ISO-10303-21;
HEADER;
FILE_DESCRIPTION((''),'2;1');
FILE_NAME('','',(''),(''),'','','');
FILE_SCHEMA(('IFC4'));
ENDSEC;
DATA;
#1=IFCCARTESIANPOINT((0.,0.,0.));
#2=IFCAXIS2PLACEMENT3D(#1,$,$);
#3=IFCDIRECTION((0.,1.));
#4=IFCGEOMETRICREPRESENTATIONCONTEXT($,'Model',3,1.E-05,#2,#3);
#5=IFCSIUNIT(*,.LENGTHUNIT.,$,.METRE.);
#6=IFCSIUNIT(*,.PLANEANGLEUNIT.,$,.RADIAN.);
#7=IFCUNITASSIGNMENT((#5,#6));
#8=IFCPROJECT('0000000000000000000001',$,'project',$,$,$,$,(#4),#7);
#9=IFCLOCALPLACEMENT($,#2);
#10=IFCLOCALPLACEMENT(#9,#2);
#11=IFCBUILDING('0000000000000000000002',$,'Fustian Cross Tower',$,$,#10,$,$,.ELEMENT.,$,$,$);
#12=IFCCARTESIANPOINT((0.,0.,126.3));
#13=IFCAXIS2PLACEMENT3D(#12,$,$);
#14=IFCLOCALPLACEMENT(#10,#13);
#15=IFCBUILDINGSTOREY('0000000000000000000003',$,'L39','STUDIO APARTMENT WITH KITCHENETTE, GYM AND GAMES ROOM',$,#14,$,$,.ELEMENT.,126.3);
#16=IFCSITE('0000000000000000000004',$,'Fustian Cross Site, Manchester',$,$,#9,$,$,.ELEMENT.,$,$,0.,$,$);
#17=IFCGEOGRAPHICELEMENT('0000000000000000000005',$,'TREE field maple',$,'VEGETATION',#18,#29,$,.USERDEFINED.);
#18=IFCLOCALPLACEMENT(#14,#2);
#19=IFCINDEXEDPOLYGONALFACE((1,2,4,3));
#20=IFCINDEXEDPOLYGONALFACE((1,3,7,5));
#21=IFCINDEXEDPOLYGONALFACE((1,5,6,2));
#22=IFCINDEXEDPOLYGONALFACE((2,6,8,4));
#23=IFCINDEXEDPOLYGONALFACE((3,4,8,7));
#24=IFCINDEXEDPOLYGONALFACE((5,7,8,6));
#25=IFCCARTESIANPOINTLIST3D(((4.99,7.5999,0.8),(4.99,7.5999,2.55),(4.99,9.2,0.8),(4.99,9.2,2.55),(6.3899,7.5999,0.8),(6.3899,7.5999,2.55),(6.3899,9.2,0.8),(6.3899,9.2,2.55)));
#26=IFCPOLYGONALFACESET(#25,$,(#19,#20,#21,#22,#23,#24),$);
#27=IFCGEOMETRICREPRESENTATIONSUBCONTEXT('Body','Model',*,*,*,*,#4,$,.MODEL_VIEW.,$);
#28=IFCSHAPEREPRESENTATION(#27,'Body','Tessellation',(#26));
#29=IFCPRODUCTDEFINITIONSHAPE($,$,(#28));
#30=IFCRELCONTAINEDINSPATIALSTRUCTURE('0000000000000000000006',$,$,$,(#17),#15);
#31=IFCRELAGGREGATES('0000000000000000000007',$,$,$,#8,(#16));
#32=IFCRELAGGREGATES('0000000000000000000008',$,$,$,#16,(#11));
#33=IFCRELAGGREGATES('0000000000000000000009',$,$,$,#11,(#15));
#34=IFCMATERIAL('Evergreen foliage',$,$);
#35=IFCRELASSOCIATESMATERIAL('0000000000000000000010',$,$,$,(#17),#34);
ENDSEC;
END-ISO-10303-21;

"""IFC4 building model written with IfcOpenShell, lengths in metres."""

from ifc_helpers import new_model, si_unit, direction, frame, origin, origin_2d, place, context, subcontext, project, spatial, rectangle, extrude, material, element, save


model = new_model("IFC4")

# Units and contexts
model_context = context("Model", 3, precision=1e-05, world=origin(), true_north=direction((0.0, 1.0)))
body_context = subcontext(model_context, "Body", "Model", "MODEL_VIEW")
ifc_project = project(units=[si_unit("LENGTHUNIT", "METRE"), si_unit("PLANEANGLEUNIT", "RADIAN")], contexts=[model_context])

# Site, building, storey
site_placement = place(None, origin())
site = spatial("IfcSite", under=ifc_project, at=site_placement, Name="Fustian Cross Site, Manchester", CompositionType="ELEMENT", RefElevation=0.0)
building_placement = place(site_placement, origin())
building = spatial("IfcBuilding", under=site, at=building_placement, Name="Fustian Cross Tower", CompositionType="ELEMENT")
storey_placement = place(building_placement, frame((0.0, 0.0, 126.3)))
storey = spatial("IfcBuildingStorey", under=building, at=storey_placement, Name="L39", Description="STUDIO APARTMENT WITH KITCHENETTE, GYM AND GAMES ROOM", CompositionType="ELEMENT", Elevation=126.3)

# Geographic element
ifc_material_1 = material(Name="Evergreen foliage")
geographic_element_placement = place(storey_placement, frame((5.6899, 8.3999, 0.8), z_axis=(0.0, 0.0, 1.0), x_axis=(1.0, 0.0, 0.0)))
element("IfcGeographicElement", 1, at=geographic_element_placement, inside=storey, material=ifc_material_1, Name="TREE field maple", ObjectType="VEGETATION", PredefinedType="USERDEFINED", context=body_context, shape_type="SweptSolid", body=[
    extrude(rectangle(XDim=1.3999, YDim=1.6001, at=origin_2d()), origin(), (0.0, 0.0, 1.0), 1.75),
])

save(model, "model.ifc")
